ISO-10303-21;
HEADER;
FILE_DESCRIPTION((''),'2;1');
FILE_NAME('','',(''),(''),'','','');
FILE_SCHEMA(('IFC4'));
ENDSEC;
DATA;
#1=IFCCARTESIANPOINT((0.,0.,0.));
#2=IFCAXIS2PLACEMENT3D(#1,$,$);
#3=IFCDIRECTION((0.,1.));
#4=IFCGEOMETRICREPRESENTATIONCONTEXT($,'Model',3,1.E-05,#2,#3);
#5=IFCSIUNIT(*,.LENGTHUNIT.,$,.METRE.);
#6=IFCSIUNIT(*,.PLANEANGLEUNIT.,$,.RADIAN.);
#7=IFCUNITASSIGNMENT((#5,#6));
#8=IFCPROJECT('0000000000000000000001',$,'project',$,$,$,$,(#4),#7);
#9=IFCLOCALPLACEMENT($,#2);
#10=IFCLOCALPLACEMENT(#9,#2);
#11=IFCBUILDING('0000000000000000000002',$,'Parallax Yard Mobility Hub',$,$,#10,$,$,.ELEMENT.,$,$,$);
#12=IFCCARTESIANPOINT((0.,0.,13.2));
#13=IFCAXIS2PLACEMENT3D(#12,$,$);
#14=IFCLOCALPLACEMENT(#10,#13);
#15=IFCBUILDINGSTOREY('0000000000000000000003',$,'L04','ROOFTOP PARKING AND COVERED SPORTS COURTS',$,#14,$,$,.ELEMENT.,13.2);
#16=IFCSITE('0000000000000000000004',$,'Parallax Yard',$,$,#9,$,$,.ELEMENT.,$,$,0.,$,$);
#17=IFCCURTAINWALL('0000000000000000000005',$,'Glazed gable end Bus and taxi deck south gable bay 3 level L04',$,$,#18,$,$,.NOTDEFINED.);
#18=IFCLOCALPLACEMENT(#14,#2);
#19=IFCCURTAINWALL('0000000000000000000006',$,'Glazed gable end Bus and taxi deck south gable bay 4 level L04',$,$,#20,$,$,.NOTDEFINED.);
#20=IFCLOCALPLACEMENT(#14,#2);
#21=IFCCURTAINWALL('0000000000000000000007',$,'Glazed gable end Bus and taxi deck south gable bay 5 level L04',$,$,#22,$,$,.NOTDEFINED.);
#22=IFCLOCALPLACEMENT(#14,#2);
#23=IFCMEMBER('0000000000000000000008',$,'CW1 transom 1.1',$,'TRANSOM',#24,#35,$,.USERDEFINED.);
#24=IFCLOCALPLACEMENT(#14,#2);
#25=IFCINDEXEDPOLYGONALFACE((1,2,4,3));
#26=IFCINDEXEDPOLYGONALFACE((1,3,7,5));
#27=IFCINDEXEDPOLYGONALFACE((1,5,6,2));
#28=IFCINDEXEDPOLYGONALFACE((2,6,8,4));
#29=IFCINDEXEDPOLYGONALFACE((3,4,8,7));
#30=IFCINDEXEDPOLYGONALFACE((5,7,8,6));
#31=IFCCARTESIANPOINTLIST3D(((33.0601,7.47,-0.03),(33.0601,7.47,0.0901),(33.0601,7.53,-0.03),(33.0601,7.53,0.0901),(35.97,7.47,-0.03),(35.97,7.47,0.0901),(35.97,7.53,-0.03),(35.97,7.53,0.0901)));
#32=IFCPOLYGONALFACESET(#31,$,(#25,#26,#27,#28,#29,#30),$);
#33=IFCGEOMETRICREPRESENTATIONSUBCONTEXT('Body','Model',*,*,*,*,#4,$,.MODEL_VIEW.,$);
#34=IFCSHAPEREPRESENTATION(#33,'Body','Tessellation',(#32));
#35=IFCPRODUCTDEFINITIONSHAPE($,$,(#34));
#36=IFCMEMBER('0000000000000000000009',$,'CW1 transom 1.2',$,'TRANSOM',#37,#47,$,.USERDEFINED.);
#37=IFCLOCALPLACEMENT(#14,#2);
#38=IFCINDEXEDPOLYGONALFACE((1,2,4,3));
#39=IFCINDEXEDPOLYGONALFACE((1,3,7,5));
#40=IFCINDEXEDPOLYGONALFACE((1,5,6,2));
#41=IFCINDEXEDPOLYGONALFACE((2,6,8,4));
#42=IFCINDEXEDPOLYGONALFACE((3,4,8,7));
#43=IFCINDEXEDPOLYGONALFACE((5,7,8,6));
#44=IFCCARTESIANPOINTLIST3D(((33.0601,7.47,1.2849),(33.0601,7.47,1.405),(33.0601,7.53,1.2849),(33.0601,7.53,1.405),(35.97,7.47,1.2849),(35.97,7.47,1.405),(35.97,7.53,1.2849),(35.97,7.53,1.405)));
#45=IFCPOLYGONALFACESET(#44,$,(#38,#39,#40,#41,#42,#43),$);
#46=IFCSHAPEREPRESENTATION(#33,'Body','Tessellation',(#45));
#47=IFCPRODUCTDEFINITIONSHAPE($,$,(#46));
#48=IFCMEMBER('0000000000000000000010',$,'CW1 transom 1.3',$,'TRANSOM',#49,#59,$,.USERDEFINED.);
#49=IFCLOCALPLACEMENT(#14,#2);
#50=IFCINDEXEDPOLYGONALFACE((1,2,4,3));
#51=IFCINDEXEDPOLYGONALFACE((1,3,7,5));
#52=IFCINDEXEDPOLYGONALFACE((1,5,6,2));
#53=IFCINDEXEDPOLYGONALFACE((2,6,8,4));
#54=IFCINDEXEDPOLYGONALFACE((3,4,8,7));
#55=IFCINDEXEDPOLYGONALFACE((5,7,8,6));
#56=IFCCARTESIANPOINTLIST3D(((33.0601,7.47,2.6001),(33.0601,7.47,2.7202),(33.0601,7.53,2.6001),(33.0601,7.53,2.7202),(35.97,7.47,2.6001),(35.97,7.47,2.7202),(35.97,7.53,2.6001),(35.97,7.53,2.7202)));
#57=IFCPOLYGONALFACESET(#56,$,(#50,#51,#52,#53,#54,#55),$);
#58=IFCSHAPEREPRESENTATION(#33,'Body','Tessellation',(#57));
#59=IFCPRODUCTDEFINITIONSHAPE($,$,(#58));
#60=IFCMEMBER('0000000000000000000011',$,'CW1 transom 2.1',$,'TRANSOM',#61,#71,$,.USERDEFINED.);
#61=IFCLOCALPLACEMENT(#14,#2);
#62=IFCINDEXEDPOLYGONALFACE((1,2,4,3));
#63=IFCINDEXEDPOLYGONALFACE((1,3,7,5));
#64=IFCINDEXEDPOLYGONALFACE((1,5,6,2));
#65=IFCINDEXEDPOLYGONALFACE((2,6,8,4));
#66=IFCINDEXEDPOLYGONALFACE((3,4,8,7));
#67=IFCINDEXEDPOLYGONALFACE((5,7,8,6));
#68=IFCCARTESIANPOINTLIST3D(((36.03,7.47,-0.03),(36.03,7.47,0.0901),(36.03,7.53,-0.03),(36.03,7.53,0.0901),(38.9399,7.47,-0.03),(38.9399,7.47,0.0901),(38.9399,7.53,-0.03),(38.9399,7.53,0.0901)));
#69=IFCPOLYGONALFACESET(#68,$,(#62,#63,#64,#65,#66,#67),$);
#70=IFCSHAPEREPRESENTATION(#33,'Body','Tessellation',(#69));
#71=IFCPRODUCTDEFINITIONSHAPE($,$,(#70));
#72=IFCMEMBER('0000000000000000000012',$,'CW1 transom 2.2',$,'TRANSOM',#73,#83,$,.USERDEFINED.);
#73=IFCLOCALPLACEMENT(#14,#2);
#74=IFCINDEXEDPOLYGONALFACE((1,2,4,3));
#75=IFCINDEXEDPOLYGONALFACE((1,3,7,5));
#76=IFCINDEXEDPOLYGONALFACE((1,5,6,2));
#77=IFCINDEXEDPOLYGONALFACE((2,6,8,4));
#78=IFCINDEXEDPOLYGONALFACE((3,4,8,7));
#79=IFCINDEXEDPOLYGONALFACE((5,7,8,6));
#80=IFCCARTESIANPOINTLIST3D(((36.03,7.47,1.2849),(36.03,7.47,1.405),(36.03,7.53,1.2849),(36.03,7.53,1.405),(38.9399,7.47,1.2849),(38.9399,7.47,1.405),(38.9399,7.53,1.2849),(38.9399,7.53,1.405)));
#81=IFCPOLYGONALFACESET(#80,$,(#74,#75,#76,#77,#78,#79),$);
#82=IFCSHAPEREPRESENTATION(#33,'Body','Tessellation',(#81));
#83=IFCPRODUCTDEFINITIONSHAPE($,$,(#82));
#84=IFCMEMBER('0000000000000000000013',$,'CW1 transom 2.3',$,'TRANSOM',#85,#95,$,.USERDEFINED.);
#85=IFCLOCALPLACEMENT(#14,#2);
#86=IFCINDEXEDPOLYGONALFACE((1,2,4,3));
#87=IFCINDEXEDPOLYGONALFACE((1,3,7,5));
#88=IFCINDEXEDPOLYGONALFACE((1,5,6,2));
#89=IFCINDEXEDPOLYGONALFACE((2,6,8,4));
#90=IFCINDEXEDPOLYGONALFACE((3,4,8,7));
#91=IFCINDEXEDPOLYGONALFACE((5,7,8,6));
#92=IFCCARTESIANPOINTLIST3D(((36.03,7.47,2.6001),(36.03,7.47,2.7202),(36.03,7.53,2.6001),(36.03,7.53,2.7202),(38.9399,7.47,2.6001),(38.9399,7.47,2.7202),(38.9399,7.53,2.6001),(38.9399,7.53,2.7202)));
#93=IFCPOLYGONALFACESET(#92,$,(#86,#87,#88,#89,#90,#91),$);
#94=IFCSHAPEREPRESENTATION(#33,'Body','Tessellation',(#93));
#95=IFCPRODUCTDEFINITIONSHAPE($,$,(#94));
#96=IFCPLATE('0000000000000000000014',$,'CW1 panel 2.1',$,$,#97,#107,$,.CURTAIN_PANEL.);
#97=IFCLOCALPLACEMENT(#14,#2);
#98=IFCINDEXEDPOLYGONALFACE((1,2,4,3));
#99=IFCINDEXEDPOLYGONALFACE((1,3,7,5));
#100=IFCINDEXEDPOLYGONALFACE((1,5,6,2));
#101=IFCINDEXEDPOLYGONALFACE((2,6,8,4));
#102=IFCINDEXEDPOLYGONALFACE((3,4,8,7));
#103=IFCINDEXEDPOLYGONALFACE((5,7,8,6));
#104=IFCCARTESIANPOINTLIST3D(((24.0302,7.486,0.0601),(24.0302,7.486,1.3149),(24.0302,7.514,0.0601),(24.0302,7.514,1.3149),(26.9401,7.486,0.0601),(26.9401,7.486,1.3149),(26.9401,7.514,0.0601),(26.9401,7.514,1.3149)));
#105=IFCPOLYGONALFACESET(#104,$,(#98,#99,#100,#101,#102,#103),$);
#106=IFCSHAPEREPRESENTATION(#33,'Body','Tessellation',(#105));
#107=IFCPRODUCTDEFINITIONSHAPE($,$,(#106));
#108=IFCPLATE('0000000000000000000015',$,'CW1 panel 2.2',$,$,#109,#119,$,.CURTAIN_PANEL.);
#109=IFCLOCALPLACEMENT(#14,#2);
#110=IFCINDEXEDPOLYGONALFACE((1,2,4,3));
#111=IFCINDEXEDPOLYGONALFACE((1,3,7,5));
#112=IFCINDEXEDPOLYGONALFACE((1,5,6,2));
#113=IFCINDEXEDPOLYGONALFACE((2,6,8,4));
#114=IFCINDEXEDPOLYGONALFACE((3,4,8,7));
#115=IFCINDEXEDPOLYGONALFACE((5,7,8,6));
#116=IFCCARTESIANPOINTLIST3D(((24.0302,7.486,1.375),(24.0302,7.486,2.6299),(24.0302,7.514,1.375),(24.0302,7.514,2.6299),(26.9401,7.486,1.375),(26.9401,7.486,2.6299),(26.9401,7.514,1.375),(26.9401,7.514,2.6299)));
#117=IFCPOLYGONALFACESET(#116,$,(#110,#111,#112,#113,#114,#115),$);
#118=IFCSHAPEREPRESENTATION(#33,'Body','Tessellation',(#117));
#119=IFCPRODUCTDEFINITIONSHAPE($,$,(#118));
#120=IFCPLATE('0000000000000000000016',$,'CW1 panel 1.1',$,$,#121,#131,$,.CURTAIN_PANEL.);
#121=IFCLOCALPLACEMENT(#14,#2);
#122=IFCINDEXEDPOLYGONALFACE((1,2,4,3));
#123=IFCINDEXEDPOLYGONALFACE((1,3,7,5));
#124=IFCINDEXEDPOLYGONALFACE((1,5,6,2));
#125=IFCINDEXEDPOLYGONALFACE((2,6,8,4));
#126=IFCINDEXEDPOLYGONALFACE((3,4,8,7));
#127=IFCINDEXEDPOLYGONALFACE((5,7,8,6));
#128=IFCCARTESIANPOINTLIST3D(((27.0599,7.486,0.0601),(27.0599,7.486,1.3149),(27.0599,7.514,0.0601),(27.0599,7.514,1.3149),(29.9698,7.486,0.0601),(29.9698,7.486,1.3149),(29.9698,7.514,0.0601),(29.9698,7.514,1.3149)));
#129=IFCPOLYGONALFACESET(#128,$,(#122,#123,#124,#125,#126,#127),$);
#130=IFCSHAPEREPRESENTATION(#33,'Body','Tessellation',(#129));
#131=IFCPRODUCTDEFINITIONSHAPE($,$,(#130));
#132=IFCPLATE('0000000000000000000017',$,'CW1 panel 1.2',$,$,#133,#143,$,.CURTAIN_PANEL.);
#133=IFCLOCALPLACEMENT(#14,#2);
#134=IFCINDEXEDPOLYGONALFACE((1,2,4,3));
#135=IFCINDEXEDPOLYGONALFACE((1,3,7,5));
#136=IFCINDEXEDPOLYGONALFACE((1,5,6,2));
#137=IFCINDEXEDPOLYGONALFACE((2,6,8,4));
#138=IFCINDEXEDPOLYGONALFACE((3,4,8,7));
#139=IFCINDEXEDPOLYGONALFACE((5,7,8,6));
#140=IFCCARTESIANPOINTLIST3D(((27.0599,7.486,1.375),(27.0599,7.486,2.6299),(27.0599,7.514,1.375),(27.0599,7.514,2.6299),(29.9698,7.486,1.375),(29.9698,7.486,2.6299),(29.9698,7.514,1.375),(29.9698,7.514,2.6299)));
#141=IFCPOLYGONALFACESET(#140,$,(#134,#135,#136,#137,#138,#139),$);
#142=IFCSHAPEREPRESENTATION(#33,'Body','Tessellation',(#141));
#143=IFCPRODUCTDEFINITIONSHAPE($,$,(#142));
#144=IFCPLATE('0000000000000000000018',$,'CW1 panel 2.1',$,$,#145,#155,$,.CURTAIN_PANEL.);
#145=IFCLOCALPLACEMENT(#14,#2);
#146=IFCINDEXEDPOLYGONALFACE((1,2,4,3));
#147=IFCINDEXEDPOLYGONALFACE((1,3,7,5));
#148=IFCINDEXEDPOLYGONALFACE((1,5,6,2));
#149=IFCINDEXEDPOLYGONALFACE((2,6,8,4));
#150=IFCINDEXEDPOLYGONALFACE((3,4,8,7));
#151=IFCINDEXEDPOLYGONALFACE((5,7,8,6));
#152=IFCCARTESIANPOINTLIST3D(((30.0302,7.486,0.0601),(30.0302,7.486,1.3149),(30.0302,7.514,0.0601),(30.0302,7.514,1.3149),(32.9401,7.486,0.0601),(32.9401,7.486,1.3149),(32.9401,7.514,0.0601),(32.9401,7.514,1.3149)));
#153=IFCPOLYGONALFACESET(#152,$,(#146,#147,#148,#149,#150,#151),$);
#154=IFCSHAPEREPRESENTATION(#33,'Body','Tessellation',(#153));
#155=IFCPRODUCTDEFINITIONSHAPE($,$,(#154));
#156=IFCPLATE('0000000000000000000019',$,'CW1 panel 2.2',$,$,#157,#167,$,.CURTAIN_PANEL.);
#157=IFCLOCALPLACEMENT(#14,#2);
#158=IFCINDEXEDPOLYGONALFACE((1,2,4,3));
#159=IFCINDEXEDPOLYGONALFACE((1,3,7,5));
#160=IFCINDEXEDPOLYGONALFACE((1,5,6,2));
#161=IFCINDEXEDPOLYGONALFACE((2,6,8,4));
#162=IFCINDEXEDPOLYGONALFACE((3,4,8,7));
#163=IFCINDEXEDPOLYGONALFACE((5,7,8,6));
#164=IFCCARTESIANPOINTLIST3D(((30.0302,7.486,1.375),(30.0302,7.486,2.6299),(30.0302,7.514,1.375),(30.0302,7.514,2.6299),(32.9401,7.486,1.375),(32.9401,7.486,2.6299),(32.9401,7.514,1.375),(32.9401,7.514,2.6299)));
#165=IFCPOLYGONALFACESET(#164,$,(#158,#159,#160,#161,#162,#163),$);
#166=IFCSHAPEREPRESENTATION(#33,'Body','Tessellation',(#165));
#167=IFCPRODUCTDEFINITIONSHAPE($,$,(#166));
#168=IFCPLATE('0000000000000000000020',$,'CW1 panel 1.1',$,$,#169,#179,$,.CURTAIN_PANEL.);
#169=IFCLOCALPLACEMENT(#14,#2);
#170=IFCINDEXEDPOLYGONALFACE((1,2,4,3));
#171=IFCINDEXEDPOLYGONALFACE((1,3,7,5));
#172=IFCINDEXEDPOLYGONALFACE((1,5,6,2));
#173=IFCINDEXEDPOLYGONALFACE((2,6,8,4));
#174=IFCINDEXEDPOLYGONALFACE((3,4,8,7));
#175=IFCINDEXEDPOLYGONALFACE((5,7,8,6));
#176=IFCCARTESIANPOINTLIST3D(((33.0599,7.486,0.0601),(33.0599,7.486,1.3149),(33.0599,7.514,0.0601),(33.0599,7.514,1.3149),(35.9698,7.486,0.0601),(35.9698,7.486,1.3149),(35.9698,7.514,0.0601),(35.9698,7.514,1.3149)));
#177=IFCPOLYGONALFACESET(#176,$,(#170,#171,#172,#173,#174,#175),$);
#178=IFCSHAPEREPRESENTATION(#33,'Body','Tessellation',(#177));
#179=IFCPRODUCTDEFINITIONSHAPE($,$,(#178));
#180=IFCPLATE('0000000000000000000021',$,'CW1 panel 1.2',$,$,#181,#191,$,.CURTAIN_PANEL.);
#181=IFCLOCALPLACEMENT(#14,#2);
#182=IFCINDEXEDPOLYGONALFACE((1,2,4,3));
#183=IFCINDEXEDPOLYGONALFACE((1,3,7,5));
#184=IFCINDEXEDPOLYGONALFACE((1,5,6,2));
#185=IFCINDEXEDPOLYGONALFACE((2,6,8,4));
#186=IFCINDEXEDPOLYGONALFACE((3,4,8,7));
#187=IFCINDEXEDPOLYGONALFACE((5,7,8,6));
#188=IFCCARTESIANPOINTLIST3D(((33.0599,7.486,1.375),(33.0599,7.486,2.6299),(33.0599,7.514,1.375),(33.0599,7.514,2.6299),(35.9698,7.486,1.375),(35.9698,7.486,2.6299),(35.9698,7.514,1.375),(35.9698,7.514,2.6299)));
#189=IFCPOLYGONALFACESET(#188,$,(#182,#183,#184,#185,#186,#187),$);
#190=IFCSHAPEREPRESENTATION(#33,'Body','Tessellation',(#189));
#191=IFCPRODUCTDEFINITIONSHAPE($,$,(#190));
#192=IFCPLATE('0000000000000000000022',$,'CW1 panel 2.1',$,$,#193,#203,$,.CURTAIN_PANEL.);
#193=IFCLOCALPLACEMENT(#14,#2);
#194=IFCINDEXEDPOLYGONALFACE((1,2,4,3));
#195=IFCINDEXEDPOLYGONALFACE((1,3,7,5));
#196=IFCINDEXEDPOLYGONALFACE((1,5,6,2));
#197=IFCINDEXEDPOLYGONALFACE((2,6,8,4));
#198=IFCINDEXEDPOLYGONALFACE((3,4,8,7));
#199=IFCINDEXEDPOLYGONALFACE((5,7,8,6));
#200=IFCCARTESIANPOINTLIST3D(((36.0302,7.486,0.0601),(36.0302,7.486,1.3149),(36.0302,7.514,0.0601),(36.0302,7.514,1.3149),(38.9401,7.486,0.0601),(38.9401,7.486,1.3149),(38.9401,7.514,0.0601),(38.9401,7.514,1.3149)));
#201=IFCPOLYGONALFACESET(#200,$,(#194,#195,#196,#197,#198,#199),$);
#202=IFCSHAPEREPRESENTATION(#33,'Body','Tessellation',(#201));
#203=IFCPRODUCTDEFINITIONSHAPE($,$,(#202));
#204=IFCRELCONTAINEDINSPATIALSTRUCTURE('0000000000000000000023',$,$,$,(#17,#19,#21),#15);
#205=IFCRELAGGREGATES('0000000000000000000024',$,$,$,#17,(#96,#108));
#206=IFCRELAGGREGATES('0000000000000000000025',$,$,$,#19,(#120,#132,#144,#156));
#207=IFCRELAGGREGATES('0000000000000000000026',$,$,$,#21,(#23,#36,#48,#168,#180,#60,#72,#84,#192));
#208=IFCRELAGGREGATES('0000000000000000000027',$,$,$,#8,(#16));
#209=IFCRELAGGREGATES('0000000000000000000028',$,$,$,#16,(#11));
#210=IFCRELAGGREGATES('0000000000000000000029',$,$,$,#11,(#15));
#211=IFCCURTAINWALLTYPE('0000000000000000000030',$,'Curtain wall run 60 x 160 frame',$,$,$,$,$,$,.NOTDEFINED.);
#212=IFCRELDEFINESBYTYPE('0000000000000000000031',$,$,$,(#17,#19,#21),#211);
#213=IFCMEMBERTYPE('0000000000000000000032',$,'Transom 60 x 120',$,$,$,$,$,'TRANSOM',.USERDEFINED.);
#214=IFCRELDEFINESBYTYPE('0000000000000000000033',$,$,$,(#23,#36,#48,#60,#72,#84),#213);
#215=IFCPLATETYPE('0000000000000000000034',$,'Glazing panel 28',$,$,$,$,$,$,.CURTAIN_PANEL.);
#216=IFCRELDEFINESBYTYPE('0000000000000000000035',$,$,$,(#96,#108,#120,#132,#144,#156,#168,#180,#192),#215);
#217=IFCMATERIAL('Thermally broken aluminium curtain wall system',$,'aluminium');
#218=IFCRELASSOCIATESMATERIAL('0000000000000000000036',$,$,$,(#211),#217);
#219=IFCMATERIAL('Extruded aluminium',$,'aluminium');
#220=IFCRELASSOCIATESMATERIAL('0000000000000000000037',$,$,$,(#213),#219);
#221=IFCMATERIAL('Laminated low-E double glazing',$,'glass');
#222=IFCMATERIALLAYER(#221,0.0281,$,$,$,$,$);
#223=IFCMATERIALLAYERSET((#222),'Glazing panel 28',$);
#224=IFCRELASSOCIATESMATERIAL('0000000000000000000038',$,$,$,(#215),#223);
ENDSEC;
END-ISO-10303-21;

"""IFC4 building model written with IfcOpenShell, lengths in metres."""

from ifc_helpers import new_model, si_unit, direction, frame, origin, origin_2d, place, context, subcontext, project, spatial, rectangle, extrude, material, layer, layer_set, material_profile, profile_set, type_object, element, aggregate, save


model = new_model("IFC4")

# Units and contexts
model_context = context("Model", 3, precision=1e-05, world=origin(), true_north=direction((0.0, 1.0)))
body_context = subcontext(model_context, "Body", "Model", "MODEL_VIEW")
ifc_project = project(units=[si_unit("LENGTHUNIT", "METRE"), si_unit("PLANEANGLEUNIT", "RADIAN")], contexts=[model_context])

# Site, building, storey
site_placement = place(None, origin())
site = spatial("IfcSite", under=ifc_project, at=site_placement, Name="Parallax Yard", CompositionType="ELEMENT", RefElevation=0.0)
building_placement = place(site_placement, origin())
building = spatial("IfcBuilding", under=site, at=building_placement, Name="Parallax Yard Mobility Hub", CompositionType="ELEMENT")
storey_placement = place(building_placement, frame((0.0, 0.0, 13.2)))
storey = spatial("IfcBuildingStorey", under=building, at=storey_placement, Name="L04", Description="ROOFTOP PARKING AND COVERED SPORTS COURTS", CompositionType="ELEMENT", Elevation=13.2)

# Curtain wall
ifc_material_1 = material(Name="Thermally broken aluminium curtain wall system", Category="aluminium")
curtain_wall_type = type_object("IfcCurtainWallType", Name="Curtain wall run 60 x 160 frame", PredefinedType="NOTDEFINED", material=ifc_material_1)
curtain_wall_1_placement = place(storey_placement, origin())
curtain_wall_1 = element("IfcCurtainWall", 1, at=curtain_wall_1_placement, inside=storey, type_object=curtain_wall_type, Name="Glazed gable end Bus and taxi deck south gable bay 3 level L04", PredefinedType="NOTDEFINED")
ifc_material_2 = material(Name="Extruded aluminium", Category="aluminium")

# Curtain walls
curtain_wall_2_placement = place(storey_placement, origin())
curtain_wall_2 = element("IfcCurtainWall", 2, at=curtain_wall_2_placement, inside=storey, type_object=curtain_wall_type, Name="Glazed gable end Bus and taxi deck south gable bay 4 level L04", PredefinedType="NOTDEFINED")
curtain_wall_3_placement = place(storey_placement, origin())
curtain_wall_3 = element("IfcCurtainWall", 3, at=curtain_wall_3_placement, inside=storey, type_object=curtain_wall_type, Name="Glazed gable end Bus and taxi deck south gable bay 5 level L04", PredefinedType="NOTDEFINED")

# Members
ifc_material_profile_1 = material_profile(ifc_material_2, rectangle(XDim=0.0601, YDim=0.1201, at=origin_2d()), Name="Transom 60 x 120")
ifc_profile_set_1 = profile_set([ifc_material_profile_1], Name="Extruded aluminium")
member_type_1 = type_object("IfcMemberType", Name="Transom 60 x 120", ElementType="TRANSOM", PredefinedType="USERDEFINED", material=ifc_profile_set_1)
member_1_placement = place(storey_placement, frame((33.0601, 7.5, 0.03), z_axis=(1.0, 0.0, 0.0), x_axis=(0.0, 1.0, 0.0)))
member_1 = element("IfcMember", 4, at=member_1_placement, type_object=member_type_1, Name="CW1 transom 1.1", ObjectType="TRANSOM", PredefinedType="USERDEFINED", context=body_context, shape_type="SweptSolid", body=[
    extrude(rectangle(XDim=0.0601, YDim=0.1201, at=origin_2d()), origin(), (0.0, 0.0, 1.0), 2.9099),
])
member_2_placement = place(storey_placement, frame((33.0601, 7.5, 1.345), z_axis=(1.0, 0.0, 0.0), x_axis=(0.0, 1.0, 0.0)))
member_2 = element("IfcMember", 5, at=member_2_placement, type_object=member_type_1, Name="CW1 transom 1.2", ObjectType="TRANSOM", PredefinedType="USERDEFINED", context=body_context, shape_type="SweptSolid", body=[
    extrude(rectangle(XDim=0.0601, YDim=0.1201, at=origin_2d()), origin(), (0.0, 0.0, 1.0), 2.9099),
])
member_3_placement = place(storey_placement, frame((33.0601, 7.5, 2.6602), z_axis=(1.0, 0.0, 0.0), x_axis=(0.0, 1.0, 0.0)))
member_3 = element("IfcMember", 6, at=member_3_placement, type_object=member_type_1, Name="CW1 transom 1.3", ObjectType="TRANSOM", PredefinedType="USERDEFINED", context=body_context, shape_type="SweptSolid", body=[
    extrude(rectangle(XDim=0.0601, YDim=0.1201, at=origin_2d()), origin(), (0.0, 0.0, 1.0), 2.9099),
])
member_4_placement = place(storey_placement, frame((36.03, 7.5, 0.03), z_axis=(1.0, 0.0, 0.0), x_axis=(0.0, 1.0, 0.0)))
member_4 = element("IfcMember", 7, at=member_4_placement, type_object=member_type_1, Name="CW1 transom 2.1", ObjectType="TRANSOM", PredefinedType="USERDEFINED", context=body_context, shape_type="SweptSolid", body=[
    extrude(rectangle(XDim=0.0601, YDim=0.1201, at=origin_2d()), origin(), (0.0, 0.0, 1.0), 2.9099),
])
member_5_placement = place(storey_placement, frame((36.03, 7.5, 1.345), z_axis=(1.0, 0.0, 0.0), x_axis=(0.0, 1.0, 0.0)))
member_5 = element("IfcMember", 8, at=member_5_placement, type_object=member_type_1, Name="CW1 transom 2.2", ObjectType="TRANSOM", PredefinedType="USERDEFINED", context=body_context, shape_type="SweptSolid", body=[
    extrude(rectangle(XDim=0.0601, YDim=0.1201, at=origin_2d()), origin(), (0.0, 0.0, 1.0), 2.9099),
])
member_6_placement = place(storey_placement, frame((36.03, 7.5, 2.6602), z_axis=(1.0, 0.0, 0.0), x_axis=(0.0, 1.0, 0.0)))
member_6 = element("IfcMember", 9, at=member_6_placement, type_object=member_type_1, Name="CW1 transom 2.3", ObjectType="TRANSOM", PredefinedType="USERDEFINED", context=body_context, shape_type="SweptSolid", body=[
    extrude(rectangle(XDim=0.0601, YDim=0.1201, at=origin_2d()), origin(), (0.0, 0.0, 1.0), 2.9099),
])

# Plates
ifc_material_3 = material(Name="Laminated low-E double glazing", Category="glass")
ifc_layer = layer(ifc_material_3, 0.0281)
ifc_layer_set = layer_set([ifc_layer], Name="Glazing panel 28")
plate_type = type_object("IfcPlateType", Name="Glazing panel 28", PredefinedType="CURTAIN_PANEL", material=ifc_layer_set)
plate_1_placement = place(storey_placement, frame((25.4851, 7.5, 0.0601), z_axis=(0.0, 0.0, 1.0), x_axis=(1.0, 0.0, 0.0)))
plate_1 = element("IfcPlate", 10, at=plate_1_placement, type_object=plate_type, Name="CW1 panel 2.1", PredefinedType="CURTAIN_PANEL", context=body_context, shape_type="SweptSolid", body=[
    extrude(rectangle(XDim=2.9099, YDim=0.0281, at=origin_2d()), origin(), (0.0, 0.0, 1.0), 1.2549),
])
plate_2_placement = place(storey_placement, frame((25.4851, 7.5, 1.375), z_axis=(0.0, 0.0, 1.0), x_axis=(1.0, 0.0, 0.0)))
plate_2 = element("IfcPlate", 11, at=plate_2_placement, type_object=plate_type, Name="CW1 panel 2.2", PredefinedType="CURTAIN_PANEL", context=body_context, shape_type="SweptSolid", body=[
    extrude(rectangle(XDim=2.9099, YDim=0.0281, at=origin_2d()), origin(), (0.0, 0.0, 1.0), 1.2549),
])
aggregate(curtain_wall_1, [plate_1, plate_2])
plate_3_placement = place(storey_placement, frame((28.5149, 7.5, 0.0601), z_axis=(0.0, 0.0, 1.0), x_axis=(1.0, 0.0, 0.0)))
plate_3 = element("IfcPlate", 12, at=plate_3_placement, type_object=plate_type, Name="CW1 panel 1.1", PredefinedType="CURTAIN_PANEL", context=body_context, shape_type="SweptSolid", body=[
    extrude(rectangle(XDim=2.9099, YDim=0.0281, at=origin_2d()), origin(), (0.0, 0.0, 1.0), 1.2549),
])
plate_4_placement = place(storey_placement, frame((28.5149, 7.5, 1.375), z_axis=(0.0, 0.0, 1.0), x_axis=(1.0, 0.0, 0.0)))
plate_4 = element("IfcPlate", 13, at=plate_4_placement, type_object=plate_type, Name="CW1 panel 1.2", PredefinedType="CURTAIN_PANEL", context=body_context, shape_type="SweptSolid", body=[
    extrude(rectangle(XDim=2.9099, YDim=0.0281, at=origin_2d()), origin(), (0.0, 0.0, 1.0), 1.2549),
])
plate_5_placement = place(storey_placement, frame((31.4851, 7.5, 0.0601), z_axis=(0.0, 0.0, 1.0), x_axis=(1.0, 0.0, 0.0)))
plate_5 = element("IfcPlate", 14, at=plate_5_placement, type_object=plate_type, Name="CW1 panel 2.1", PredefinedType="CURTAIN_PANEL", context=body_context, shape_type="SweptSolid", body=[
    extrude(rectangle(XDim=2.9099, YDim=0.0281, at=origin_2d()), origin(), (0.0, 0.0, 1.0), 1.2549),
])
plate_6_placement = place(storey_placement, frame((31.4851, 7.5, 1.375), z_axis=(0.0, 0.0, 1.0), x_axis=(1.0, 0.0, 0.0)))
plate_6 = element("IfcPlate", 15, at=plate_6_placement, type_object=plate_type, Name="CW1 panel 2.2", PredefinedType="CURTAIN_PANEL", context=body_context, shape_type="SweptSolid", body=[
    extrude(rectangle(XDim=2.9099, YDim=0.0281, at=origin_2d()), origin(), (0.0, 0.0, 1.0), 1.2549),
])
aggregate(curtain_wall_2, [plate_3, plate_4, plate_5, plate_6])
plate_7_placement = place(storey_placement, frame((34.5149, 7.5, 0.0601), z_axis=(0.0, 0.0, 1.0), x_axis=(1.0, 0.0, 0.0)))
plate_7 = element("IfcPlate", 16, at=plate_7_placement, type_object=plate_type, Name="CW1 panel 1.1", PredefinedType="CURTAIN_PANEL", context=body_context, shape_type="SweptSolid", body=[
    extrude(rectangle(XDim=2.9099, YDim=0.0281, at=origin_2d()), origin(), (0.0, 0.0, 1.0), 1.2549),
])
plate_8_placement = place(storey_placement, frame((34.5149, 7.5, 1.375), z_axis=(0.0, 0.0, 1.0), x_axis=(1.0, 0.0, 0.0)))
plate_8 = element("IfcPlate", 17, at=plate_8_placement, type_object=plate_type, Name="CW1 panel 1.2", PredefinedType="CURTAIN_PANEL", context=body_context, shape_type="SweptSolid", body=[
    extrude(rectangle(XDim=2.9099, YDim=0.0281, at=origin_2d()), origin(), (0.0, 0.0, 1.0), 1.2549),
])
plate_9_placement = place(storey_placement, frame((37.4851, 7.5, 0.0601), z_axis=(0.0, 0.0, 1.0), x_axis=(1.0, 0.0, 0.0)))
plate_9 = element("IfcPlate", 18, at=plate_9_placement, type_object=plate_type, Name="CW1 panel 2.1", PredefinedType="CURTAIN_PANEL", context=body_context, shape_type="SweptSolid", body=[
    extrude(rectangle(XDim=2.9099, YDim=0.0281, at=origin_2d()), origin(), (0.0, 0.0, 1.0), 1.2549),
])
aggregate(curtain_wall_3, [member_1, member_2, member_3, plate_7, plate_8, member_4, member_5, member_6, plate_9])

save(model, "model.ifc")
